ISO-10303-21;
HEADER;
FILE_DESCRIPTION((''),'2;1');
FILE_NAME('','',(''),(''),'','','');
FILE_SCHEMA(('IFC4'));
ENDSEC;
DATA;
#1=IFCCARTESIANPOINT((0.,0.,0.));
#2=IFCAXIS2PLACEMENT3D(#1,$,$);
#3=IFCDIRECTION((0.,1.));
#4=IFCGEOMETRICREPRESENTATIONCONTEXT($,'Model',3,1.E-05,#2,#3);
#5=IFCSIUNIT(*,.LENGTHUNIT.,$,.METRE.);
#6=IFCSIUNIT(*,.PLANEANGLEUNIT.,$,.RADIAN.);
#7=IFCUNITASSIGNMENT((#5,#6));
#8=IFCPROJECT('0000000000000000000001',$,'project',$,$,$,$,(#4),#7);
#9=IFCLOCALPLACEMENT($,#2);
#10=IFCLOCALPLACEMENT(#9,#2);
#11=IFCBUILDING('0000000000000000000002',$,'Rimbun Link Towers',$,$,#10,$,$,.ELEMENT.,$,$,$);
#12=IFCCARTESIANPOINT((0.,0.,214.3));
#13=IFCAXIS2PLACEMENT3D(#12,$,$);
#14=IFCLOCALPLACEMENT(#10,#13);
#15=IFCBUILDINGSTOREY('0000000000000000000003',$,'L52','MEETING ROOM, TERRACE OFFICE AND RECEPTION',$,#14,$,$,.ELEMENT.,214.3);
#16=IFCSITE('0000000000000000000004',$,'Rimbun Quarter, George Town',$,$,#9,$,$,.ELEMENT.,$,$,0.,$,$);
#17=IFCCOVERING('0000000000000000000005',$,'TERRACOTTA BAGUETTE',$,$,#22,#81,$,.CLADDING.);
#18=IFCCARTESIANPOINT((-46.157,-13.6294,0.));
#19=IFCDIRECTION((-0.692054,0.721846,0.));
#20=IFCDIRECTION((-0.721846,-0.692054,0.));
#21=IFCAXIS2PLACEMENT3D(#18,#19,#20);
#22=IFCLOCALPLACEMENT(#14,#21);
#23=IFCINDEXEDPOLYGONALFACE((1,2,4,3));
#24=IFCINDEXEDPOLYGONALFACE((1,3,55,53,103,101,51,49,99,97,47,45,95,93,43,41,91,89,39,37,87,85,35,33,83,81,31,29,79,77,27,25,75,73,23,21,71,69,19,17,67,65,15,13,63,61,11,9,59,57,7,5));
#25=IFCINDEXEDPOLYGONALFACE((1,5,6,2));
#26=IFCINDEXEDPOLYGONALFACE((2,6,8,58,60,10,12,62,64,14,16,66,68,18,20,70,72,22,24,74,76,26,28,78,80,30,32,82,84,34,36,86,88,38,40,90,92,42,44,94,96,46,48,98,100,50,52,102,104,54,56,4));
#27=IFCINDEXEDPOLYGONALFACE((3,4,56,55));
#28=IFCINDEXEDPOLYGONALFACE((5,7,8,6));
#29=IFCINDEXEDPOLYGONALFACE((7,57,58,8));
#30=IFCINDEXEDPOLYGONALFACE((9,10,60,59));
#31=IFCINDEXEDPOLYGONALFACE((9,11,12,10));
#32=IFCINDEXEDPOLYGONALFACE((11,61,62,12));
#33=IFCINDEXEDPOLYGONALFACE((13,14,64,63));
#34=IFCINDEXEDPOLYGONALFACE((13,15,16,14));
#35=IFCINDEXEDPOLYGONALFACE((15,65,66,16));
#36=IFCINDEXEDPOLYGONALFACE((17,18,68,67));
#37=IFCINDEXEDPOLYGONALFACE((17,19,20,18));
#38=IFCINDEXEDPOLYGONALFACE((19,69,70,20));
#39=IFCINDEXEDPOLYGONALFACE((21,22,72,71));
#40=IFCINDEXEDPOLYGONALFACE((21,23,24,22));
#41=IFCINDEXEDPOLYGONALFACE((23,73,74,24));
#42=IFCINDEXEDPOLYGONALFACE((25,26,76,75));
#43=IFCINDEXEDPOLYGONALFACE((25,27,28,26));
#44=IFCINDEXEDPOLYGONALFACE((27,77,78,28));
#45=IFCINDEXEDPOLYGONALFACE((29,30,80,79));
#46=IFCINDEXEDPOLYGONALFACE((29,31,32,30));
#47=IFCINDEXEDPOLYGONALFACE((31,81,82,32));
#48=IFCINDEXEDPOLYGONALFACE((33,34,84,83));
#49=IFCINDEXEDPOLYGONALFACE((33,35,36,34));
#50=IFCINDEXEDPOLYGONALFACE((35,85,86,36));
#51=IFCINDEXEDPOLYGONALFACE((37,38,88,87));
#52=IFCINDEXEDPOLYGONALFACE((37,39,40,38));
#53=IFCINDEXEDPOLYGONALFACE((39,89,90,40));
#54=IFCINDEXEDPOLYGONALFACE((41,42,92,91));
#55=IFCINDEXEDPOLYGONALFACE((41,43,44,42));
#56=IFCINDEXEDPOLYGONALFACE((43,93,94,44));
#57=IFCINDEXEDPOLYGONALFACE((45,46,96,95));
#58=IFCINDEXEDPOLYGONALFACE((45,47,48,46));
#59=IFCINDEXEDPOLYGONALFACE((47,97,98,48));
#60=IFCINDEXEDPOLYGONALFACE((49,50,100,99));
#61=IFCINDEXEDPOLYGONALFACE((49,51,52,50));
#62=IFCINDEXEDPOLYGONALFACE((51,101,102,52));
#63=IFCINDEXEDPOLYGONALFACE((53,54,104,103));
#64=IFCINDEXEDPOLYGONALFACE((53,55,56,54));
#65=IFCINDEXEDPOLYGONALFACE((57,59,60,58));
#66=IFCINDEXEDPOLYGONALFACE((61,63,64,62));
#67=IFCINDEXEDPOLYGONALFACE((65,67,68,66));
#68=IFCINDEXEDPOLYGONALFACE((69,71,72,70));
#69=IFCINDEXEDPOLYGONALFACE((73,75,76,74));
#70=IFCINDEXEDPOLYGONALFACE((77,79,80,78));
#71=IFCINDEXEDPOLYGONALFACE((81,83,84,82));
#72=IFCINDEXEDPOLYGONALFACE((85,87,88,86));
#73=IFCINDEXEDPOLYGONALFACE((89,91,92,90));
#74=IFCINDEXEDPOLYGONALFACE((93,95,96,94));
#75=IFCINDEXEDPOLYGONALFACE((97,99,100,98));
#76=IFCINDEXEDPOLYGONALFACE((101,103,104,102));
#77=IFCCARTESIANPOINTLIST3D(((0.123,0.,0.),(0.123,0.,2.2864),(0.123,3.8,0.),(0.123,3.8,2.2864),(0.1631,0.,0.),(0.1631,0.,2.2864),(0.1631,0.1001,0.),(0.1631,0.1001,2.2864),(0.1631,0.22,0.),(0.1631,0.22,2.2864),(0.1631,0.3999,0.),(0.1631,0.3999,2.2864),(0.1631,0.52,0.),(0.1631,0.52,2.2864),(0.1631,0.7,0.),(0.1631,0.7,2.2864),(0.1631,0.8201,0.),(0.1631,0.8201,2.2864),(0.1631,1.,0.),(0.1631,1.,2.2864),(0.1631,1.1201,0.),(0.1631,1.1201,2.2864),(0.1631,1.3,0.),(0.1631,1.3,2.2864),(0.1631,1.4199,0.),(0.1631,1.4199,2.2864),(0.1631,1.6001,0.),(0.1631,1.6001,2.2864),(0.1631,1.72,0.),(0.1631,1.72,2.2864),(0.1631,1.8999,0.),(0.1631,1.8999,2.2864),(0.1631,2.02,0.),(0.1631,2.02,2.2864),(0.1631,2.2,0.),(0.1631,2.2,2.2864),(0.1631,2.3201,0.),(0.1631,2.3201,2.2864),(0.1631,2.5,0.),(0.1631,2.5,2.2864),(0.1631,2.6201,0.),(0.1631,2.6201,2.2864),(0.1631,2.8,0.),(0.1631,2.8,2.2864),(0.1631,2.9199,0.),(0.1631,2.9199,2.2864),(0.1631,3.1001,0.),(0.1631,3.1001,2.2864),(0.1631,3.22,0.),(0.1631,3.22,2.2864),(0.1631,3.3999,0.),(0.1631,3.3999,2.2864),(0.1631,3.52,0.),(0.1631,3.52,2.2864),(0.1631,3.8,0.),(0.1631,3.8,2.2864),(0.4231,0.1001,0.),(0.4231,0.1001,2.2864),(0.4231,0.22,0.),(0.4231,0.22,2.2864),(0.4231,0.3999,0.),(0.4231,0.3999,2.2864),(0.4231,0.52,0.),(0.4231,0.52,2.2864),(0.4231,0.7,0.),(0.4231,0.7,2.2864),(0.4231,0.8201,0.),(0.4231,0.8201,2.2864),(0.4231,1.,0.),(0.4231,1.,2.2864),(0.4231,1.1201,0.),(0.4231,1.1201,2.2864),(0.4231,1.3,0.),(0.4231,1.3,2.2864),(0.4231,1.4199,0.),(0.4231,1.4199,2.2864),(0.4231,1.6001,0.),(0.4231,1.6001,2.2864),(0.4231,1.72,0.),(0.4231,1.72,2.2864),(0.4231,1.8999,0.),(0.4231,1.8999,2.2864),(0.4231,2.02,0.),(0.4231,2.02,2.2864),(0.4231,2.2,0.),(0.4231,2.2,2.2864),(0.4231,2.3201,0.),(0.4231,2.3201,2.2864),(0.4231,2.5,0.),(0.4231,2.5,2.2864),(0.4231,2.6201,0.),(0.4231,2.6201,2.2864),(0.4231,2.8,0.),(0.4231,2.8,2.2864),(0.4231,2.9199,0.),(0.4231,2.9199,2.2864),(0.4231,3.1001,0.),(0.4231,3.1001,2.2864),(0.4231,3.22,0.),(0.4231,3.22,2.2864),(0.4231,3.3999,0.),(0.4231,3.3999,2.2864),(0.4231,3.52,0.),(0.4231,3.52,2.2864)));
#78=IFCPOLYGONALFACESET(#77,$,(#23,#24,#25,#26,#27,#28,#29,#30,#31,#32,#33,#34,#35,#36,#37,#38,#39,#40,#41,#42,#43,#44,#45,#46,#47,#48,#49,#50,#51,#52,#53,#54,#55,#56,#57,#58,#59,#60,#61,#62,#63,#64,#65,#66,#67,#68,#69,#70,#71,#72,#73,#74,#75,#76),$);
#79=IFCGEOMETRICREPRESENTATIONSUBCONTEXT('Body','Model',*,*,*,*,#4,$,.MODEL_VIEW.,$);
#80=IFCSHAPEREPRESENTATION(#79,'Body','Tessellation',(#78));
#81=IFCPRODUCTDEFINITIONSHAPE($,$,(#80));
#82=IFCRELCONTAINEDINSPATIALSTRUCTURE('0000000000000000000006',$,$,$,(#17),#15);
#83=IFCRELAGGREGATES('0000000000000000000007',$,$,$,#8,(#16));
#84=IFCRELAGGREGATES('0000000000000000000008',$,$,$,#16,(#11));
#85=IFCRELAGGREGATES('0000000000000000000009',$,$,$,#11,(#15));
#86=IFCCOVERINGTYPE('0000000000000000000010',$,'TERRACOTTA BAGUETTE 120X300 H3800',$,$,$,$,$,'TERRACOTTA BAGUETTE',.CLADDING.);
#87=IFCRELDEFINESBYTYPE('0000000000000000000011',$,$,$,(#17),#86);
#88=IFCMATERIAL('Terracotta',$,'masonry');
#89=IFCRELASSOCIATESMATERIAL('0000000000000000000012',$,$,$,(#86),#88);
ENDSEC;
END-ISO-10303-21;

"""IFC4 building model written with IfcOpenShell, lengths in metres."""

from ifc_helpers import new_model, si_unit, direction, frame, origin, place, context, subcontext, project, spatial, polyline, outline, extrude, material, material_profile, profile_set, type_object, element, save


model = new_model("IFC4")

# Units and contexts
model_context = context("Model", 3, precision=1e-05, world=origin(), true_north=direction((0.0, 1.0)))
body_context = subcontext(model_context, "Body", "Model", "MODEL_VIEW")
ifc_project = project(units=[si_unit("LENGTHUNIT", "METRE"), si_unit("PLANEANGLEUNIT", "RADIAN")], contexts=[model_context])

# Site, building, storey
site_placement = place(None, origin())
site = spatial("IfcSite", under=ifc_project, at=site_placement, Name="Rimbun Quarter, George Town", CompositionType="ELEMENT", RefElevation=0.0)
building_placement = place(site_placement, origin())
building = spatial("IfcBuilding", under=site, at=building_placement, Name="Rimbun Link Towers", CompositionType="ELEMENT")
storey_placement = place(building_placement, frame((0.0, 0.0, 214.3)))
storey = spatial("IfcBuildingStorey", under=building, at=storey_placement, Name="L52", Description="MEETING ROOM, TERRACE OFFICE AND RECEPTION", CompositionType="ELEMENT", Elevation=214.3)

# Covering
ifc_material_1 = material(Name="Terracotta", Category="masonry")
ifc_material_profile_1 = material_profile(ifc_material_1, outline(polyline([(0.123, 0.0), (0.1631, 0.0), (0.1631, 0.1001), (0.4231, 0.1001), (0.4231, 0.22), (0.1631, 0.22), (0.1631, 0.3999), (0.4231, 0.3999), (0.4231, 0.52), (0.1631, 0.52), (0.1631, 0.7), (0.4231, 0.7), (0.4231, 0.8201), (0.1631, 0.8201), (0.1631, 1.0), (0.4231, 1.0), (0.4231, 1.1201), (0.1631, 1.1201), (0.1631, 1.3), (0.4231, 1.3), (0.4231, 1.4199), (0.1631, 1.4199), (0.1631, 1.6001), (0.4231, 1.6001), (0.4231, 1.72), (0.1631, 1.72), (0.1631, 1.8999), (0.4231, 1.8999), (0.4231, 2.02), (0.1631, 2.02), (0.1631, 2.2), (0.4231, 2.2), (0.4231, 2.3201), (0.1631, 2.3201), (0.1631, 2.5), (0.4231, 2.5), (0.4231, 2.6201), (0.1631, 2.6201), (0.1631, 2.8), (0.4231, 2.8), (0.4231, 2.9199), (0.1631, 2.9199), (0.1631, 3.1001), (0.4231, 3.1001), (0.4231, 3.22), (0.1631, 3.22), (0.1631, 3.3999), (0.4231, 3.3999), (0.4231, 3.52), (0.1631, 3.52), (0.1631, 3.8), (0.123, 3.8), (0.123, 0.0)])), Name="BAGUETTE 120X300")
ifc_profile_set_1 = profile_set([ifc_material_profile_1], Name="Terracotta")
covering_type = type_object("IfcCoveringType", Name="TERRACOTTA BAGUETTE 120X300 H3800", ElementType="TERRACOTTA BAGUETTE", PredefinedType="CLADDING", material=ifc_profile_set_1)
covering_1_placement = place(storey_placement, frame((-46.157, -13.6294, 0.0), z_axis=(-0.692054, 0.721846, 0.0), x_axis=(-0.721846, -0.692054, 0.0)))
element("IfcCovering", 1, at=covering_1_placement, inside=storey, type_object=covering_type, Name="TERRACOTTA BAGUETTE", PredefinedType="CLADDING", context=body_context, shape_type="SweptSolid", body=[
    extrude(outline(polyline([(0.123, 0.0), (0.1631, 0.0), (0.1631, 0.1001), (0.4231, 0.1001), (0.4231, 0.22), (0.1631, 0.22), (0.1631, 0.3999), (0.4231, 0.3999), (0.4231, 0.52), (0.1631, 0.52), (0.1631, 0.7), (0.4231, 0.7), (0.4231, 0.8201), (0.1631, 0.8201), (0.1631, 1.0), (0.4231, 1.0), (0.4231, 1.1201), (0.1631, 1.1201), (0.1631, 1.3), (0.4231, 1.3), (0.4231, 1.4199), (0.1631, 1.4199), (0.1631, 1.6001), (0.4231, 1.6001), (0.4231, 1.72), (0.1631, 1.72), (0.1631, 1.8999), (0.4231, 1.8999), (0.4231, 2.02), (0.1631, 2.02), (0.1631, 2.2), (0.4231, 2.2), (0.4231, 2.3201), (0.1631, 2.3201), (0.1631, 2.5), (0.4231, 2.5), (0.4231, 2.6201), (0.1631, 2.6201), (0.1631, 2.8), (0.4231, 2.8), (0.4231, 2.9199), (0.1631, 2.9199), (0.1631, 3.1001), (0.4231, 3.1001), (0.4231, 3.22), (0.1631, 3.22), (0.1631, 3.3999), (0.4231, 3.3999), (0.4231, 3.52), (0.1631, 3.52), (0.1631, 3.8), (0.123, 3.8), (0.123, 0.0)])), origin(), (0.0, 0.0, 1.0), 2.2864),
])

save(model, "model.ifc")
